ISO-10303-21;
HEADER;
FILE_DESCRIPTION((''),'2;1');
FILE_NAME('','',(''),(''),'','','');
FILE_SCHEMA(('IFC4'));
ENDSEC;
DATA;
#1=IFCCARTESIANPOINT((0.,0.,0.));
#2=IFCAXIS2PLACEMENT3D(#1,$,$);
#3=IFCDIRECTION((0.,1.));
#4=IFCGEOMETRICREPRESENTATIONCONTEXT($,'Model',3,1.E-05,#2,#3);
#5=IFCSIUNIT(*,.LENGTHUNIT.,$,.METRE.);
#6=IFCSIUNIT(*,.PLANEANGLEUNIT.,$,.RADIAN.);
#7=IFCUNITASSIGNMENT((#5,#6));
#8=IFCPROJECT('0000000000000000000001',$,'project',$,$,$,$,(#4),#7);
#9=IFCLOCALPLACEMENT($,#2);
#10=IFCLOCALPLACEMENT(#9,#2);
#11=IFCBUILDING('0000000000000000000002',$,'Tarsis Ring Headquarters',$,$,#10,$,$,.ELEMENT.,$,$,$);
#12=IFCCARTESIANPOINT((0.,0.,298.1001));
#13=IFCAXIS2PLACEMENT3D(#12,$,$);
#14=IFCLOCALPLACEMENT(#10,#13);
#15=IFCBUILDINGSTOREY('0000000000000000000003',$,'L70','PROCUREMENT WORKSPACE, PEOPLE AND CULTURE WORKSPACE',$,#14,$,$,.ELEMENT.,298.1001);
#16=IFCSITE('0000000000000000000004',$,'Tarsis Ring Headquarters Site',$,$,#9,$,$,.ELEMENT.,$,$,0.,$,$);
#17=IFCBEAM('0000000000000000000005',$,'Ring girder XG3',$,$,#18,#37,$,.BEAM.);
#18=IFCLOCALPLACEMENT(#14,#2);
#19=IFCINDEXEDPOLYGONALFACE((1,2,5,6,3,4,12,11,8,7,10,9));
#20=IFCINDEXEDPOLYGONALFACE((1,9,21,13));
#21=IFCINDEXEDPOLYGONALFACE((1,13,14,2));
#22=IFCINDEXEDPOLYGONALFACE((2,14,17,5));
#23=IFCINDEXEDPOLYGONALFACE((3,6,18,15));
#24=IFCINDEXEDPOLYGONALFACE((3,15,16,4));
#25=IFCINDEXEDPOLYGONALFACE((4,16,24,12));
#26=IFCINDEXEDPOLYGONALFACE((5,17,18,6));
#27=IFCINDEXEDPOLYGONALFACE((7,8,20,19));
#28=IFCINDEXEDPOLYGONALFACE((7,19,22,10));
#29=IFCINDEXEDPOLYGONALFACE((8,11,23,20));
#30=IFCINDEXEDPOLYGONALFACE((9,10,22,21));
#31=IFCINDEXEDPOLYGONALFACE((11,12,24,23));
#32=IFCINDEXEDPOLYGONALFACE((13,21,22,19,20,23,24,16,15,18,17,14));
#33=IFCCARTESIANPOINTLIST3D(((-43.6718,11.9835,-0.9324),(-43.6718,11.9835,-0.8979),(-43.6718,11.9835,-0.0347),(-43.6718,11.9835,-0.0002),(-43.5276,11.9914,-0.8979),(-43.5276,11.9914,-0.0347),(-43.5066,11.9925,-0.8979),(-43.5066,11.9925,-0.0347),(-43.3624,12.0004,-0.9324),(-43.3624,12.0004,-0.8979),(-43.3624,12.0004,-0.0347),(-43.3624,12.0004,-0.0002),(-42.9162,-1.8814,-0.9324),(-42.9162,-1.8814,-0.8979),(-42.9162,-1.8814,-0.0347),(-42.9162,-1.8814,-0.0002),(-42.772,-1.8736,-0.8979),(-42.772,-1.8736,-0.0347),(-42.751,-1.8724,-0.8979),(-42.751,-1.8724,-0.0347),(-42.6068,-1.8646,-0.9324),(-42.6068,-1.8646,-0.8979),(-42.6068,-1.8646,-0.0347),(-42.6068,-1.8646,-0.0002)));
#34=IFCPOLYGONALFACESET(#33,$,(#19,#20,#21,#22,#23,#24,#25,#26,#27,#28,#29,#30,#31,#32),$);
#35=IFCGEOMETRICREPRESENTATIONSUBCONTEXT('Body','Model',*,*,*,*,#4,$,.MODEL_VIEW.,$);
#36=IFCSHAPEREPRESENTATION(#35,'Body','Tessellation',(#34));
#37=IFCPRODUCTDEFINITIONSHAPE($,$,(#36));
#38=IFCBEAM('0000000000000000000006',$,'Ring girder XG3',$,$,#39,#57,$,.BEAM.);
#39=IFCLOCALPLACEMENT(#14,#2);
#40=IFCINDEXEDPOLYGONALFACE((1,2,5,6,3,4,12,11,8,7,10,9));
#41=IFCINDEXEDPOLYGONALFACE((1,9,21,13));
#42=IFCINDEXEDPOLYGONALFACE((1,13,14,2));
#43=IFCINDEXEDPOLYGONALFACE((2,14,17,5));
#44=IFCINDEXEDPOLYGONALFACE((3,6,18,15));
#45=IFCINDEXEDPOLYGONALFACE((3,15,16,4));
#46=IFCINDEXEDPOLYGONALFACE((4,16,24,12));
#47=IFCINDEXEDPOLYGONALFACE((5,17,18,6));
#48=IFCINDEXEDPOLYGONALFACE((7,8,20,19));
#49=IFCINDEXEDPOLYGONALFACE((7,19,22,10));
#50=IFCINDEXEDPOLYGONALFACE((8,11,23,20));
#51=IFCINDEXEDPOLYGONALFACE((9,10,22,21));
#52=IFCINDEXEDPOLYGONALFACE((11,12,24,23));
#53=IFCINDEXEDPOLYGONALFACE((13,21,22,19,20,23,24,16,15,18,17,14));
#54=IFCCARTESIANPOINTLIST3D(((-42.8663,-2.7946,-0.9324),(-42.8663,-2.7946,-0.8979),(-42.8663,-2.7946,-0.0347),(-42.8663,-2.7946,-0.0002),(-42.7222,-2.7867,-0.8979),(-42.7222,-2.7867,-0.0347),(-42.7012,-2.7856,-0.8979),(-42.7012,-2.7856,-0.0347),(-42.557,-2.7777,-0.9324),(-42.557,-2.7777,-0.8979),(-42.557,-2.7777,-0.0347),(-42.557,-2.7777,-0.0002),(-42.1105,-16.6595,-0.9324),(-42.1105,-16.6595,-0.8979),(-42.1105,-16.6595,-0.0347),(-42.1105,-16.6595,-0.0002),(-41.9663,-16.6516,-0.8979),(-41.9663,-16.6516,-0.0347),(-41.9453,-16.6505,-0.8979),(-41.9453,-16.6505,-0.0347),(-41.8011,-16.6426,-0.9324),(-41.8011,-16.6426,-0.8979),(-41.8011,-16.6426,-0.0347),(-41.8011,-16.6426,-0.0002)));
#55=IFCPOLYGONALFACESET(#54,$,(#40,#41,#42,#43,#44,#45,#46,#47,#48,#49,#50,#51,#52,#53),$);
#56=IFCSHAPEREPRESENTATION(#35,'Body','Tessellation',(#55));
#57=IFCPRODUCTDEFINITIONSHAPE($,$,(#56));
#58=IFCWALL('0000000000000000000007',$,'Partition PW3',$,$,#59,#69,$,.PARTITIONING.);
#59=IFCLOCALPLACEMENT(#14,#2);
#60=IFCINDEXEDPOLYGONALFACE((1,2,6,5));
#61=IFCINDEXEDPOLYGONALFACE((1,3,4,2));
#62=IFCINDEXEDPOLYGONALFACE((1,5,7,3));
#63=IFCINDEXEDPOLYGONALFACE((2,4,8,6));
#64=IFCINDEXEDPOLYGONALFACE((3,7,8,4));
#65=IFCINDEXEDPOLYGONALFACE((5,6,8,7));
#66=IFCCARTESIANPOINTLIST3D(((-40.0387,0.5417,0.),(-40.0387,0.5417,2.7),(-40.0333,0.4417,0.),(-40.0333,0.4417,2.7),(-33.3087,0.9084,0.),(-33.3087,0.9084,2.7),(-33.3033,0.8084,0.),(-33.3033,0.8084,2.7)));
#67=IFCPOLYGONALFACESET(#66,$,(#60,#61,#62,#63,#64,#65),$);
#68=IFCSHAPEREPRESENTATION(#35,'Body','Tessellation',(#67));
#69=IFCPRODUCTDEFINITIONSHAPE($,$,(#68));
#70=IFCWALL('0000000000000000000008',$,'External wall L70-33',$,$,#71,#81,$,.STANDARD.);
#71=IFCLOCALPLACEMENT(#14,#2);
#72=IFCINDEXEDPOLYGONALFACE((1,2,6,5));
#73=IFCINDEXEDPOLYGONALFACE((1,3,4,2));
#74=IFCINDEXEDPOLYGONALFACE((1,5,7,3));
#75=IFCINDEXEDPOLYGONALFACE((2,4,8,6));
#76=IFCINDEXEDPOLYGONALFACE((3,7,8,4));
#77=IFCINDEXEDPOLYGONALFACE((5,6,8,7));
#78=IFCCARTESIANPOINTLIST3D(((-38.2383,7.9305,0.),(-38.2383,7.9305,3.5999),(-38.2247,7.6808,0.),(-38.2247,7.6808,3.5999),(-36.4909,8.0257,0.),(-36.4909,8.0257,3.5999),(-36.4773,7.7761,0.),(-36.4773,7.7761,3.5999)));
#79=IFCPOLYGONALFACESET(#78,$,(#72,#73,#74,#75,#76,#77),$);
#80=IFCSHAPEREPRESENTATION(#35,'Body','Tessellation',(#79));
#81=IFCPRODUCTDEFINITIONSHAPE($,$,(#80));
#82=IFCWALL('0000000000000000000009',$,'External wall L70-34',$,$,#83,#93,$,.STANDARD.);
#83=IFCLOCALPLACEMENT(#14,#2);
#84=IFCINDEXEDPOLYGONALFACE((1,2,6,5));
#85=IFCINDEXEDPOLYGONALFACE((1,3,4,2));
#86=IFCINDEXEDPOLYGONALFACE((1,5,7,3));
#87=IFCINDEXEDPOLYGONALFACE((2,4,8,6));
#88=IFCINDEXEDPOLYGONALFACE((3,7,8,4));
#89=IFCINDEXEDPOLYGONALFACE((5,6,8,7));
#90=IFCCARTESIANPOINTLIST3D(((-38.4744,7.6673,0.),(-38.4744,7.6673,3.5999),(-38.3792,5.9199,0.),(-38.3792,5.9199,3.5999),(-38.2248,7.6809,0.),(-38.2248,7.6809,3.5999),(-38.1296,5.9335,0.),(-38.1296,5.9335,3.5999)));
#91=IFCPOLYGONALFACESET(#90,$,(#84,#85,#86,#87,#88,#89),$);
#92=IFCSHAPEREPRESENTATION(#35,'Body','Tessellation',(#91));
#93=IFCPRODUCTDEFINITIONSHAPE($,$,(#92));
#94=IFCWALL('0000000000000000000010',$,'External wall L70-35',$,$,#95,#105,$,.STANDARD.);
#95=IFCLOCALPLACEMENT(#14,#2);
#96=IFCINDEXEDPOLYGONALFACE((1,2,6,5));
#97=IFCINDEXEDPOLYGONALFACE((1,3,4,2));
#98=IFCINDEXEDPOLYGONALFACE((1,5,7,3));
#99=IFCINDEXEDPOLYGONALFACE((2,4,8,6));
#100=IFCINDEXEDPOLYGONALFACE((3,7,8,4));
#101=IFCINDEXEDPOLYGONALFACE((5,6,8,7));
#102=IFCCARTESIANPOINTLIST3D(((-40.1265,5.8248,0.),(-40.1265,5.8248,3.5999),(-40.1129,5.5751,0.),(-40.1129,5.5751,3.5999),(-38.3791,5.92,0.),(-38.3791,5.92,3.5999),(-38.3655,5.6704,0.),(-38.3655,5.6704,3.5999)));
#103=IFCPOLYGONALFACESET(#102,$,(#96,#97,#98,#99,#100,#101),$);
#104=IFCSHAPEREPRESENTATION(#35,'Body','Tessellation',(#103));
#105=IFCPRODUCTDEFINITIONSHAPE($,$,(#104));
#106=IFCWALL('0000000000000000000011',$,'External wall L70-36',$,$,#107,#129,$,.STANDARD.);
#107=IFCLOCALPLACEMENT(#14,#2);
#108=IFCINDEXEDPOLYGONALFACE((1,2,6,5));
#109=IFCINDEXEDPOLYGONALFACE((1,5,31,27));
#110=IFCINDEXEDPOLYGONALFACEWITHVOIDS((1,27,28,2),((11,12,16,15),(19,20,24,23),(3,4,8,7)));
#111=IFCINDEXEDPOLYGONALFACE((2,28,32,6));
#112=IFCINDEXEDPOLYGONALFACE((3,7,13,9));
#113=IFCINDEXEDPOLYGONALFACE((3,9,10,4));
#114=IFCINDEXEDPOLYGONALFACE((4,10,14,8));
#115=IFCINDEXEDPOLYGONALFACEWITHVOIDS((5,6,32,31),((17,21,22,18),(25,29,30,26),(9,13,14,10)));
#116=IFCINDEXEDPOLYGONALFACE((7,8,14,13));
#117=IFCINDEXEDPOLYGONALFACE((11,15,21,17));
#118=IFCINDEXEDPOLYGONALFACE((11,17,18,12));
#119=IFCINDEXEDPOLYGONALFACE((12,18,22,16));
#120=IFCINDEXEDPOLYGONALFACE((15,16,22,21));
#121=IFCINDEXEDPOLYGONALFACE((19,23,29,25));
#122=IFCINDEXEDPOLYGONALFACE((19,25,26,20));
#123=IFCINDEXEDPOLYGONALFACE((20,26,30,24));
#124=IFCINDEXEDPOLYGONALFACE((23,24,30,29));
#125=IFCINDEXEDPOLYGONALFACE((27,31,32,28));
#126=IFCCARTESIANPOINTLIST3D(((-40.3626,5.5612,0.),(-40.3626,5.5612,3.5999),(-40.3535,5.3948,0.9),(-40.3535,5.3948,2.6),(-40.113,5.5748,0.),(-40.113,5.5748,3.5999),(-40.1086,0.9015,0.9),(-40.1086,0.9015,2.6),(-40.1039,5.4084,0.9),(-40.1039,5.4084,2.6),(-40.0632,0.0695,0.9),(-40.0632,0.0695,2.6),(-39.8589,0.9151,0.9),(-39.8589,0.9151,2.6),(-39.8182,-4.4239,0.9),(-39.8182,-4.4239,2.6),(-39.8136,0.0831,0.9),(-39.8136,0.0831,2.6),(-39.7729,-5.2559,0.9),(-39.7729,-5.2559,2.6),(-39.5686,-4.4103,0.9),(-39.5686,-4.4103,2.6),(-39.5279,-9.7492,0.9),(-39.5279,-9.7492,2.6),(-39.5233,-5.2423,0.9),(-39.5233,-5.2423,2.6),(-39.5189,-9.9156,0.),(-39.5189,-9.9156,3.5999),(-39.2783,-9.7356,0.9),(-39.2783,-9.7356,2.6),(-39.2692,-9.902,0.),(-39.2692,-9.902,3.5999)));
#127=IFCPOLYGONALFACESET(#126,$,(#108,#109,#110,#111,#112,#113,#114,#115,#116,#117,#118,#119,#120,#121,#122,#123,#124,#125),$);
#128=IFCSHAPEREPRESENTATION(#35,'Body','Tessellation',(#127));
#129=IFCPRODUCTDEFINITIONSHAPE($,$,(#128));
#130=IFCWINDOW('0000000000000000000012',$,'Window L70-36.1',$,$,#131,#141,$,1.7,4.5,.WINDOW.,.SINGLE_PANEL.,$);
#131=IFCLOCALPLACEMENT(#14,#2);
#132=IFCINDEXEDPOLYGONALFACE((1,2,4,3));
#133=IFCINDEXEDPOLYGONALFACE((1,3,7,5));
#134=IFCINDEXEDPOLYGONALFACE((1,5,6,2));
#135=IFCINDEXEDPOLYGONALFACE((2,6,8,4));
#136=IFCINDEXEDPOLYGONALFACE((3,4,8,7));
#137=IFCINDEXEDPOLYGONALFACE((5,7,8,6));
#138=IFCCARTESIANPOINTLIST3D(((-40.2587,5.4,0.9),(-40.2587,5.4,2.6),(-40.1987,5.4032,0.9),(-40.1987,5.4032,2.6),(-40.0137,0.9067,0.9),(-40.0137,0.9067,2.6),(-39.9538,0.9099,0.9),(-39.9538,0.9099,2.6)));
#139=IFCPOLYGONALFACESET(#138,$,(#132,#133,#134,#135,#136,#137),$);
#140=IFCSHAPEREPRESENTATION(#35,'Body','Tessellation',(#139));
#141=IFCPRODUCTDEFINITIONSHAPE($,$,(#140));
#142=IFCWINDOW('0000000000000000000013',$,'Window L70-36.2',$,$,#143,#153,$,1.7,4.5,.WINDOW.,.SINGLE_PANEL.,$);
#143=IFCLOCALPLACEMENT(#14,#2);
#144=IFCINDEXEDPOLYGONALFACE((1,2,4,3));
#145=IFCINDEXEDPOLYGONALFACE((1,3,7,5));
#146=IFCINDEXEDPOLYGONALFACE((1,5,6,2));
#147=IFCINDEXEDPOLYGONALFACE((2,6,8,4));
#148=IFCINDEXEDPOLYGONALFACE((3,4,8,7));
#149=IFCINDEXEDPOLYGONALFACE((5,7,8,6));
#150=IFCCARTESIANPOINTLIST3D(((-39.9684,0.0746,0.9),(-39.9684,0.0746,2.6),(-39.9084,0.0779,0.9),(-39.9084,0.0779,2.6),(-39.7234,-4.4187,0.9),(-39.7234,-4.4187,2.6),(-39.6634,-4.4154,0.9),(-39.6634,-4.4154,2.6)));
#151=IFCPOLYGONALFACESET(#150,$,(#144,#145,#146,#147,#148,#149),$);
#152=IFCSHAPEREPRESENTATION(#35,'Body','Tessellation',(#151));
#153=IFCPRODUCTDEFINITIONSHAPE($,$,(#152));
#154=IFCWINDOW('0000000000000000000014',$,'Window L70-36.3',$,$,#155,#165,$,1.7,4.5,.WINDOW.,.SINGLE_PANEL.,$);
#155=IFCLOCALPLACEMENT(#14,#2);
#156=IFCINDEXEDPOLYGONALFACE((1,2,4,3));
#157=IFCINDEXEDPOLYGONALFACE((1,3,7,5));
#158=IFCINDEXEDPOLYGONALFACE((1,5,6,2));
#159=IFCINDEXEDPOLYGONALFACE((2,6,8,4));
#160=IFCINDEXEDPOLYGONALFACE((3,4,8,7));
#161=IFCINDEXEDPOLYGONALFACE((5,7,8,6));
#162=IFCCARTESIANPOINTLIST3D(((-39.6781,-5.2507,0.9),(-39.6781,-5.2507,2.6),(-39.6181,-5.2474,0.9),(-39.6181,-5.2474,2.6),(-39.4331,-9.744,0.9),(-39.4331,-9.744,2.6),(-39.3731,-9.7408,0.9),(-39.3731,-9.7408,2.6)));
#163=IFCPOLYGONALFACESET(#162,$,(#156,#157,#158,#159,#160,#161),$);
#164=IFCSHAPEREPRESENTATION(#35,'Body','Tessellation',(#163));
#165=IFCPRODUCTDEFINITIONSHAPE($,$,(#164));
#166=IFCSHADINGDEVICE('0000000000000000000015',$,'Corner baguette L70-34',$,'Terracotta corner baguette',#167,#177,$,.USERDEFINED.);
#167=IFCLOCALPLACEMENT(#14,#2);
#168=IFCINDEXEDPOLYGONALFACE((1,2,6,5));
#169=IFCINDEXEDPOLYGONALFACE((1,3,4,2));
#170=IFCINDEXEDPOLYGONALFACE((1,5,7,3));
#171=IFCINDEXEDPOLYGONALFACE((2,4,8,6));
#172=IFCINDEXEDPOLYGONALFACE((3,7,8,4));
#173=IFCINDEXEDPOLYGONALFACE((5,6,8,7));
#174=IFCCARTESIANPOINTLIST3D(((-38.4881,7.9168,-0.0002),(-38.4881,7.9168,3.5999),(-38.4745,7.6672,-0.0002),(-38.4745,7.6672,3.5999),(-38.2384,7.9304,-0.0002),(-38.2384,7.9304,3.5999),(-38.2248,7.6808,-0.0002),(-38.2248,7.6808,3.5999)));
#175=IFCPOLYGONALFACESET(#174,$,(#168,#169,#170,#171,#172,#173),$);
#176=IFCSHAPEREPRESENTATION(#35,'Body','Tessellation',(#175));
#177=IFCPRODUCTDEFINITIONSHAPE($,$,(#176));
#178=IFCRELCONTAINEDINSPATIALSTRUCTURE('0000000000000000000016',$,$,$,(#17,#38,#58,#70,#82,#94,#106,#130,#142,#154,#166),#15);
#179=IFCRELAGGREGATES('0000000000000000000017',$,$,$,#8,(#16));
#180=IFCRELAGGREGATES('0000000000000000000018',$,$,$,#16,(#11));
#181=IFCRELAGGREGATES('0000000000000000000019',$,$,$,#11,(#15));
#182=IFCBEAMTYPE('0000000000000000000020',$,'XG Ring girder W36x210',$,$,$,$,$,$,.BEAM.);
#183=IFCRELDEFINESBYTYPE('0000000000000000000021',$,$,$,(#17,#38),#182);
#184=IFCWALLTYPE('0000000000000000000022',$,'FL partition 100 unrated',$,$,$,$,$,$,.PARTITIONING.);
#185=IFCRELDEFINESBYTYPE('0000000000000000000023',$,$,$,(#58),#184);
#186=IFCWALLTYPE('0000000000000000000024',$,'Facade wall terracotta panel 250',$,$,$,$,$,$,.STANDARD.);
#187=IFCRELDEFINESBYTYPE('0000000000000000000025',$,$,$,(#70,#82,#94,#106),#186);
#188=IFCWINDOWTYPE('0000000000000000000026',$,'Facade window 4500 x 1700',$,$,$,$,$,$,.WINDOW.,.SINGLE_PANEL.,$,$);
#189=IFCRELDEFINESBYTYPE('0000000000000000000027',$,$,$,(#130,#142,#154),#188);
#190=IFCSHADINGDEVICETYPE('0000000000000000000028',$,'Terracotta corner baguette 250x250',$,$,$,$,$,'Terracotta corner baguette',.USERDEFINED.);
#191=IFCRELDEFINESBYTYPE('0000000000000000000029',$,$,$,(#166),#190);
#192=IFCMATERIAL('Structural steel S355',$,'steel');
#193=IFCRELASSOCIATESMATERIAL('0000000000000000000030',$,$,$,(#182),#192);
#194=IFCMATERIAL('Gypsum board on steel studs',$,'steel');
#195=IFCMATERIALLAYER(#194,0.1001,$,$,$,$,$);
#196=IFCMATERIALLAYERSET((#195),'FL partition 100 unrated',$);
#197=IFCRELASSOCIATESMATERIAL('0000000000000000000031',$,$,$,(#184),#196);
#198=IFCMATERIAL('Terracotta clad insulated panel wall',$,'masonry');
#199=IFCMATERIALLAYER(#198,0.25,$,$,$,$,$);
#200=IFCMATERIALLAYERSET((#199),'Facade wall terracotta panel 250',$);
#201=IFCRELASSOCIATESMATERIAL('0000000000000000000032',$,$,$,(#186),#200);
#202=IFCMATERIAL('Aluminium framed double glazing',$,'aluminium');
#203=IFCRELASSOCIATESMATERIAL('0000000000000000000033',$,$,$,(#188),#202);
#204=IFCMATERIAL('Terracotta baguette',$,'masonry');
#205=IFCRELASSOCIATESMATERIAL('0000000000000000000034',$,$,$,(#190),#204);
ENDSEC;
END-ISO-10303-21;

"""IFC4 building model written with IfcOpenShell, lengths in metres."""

from ifc_helpers import new_model, si_unit, direction, frame, frame_2d, origin, origin_2d, place, context, subcontext, project, spatial, rectangle, i_section, extrude, material, layer, layer_set, material_profile, profile_set, type_object, element, fill, save


model = new_model("IFC4")

# Units and contexts
model_context = context("Model", 3, precision=1e-05, world=origin(), true_north=direction((0.0, 1.0)))
body_context = subcontext(model_context, "Body", "Model", "MODEL_VIEW")
ifc_project = project(units=[si_unit("LENGTHUNIT", "METRE"), si_unit("PLANEANGLEUNIT", "RADIAN")], contexts=[model_context])

# Site, building, storey
site_placement = place(None, origin())
site = spatial("IfcSite", under=ifc_project, at=site_placement, Name="Tarsis Ring Headquarters Site", CompositionType="ELEMENT", RefElevation=0.0)
building_placement = place(site_placement, origin())
building = spatial("IfcBuilding", under=site, at=building_placement, Name="Tarsis Ring Headquarters", CompositionType="ELEMENT")
storey_placement = place(building_placement, frame((0.0, 0.0, 298.1001)))
storey = spatial("IfcBuildingStorey", under=building, at=storey_placement, Name="L70", Description="PROCUREMENT WORKSPACE, PEOPLE AND CULTURE WORKSPACE", CompositionType="ELEMENT", Elevation=298.1001)

# Shared definitions
ifc_material_1 = material(Name="Structural steel S355", Category="steel")

# Beams
ifc_material_profile_1 = material_profile(ifc_material_1, i_section(OverallWidth=0.3098, OverallDepth=0.9321, WebThickness=0.021, FlangeThickness=0.0344, at=origin_2d()), Name="W36x210")
ifc_profile_set_1 = profile_set([ifc_material_profile_1], Name="Structural steel S355")
beam_type_1 = type_object("IfcBeamType", Name="XG Ring girder W36x210", PredefinedType="BEAM", material=ifc_profile_set_1)
for number, where, z_axis, x_axis, name in (
    (1, (-43.5171, 11.9919, -0.4663), (0.054417, -0.998518, 0.0), (0.998518, 0.054417, 0.0), "Ring girder XG3"),
    (2, (-42.7117, -2.7861, -0.4663), (0.054435, -0.998517, 0.0), (0.998517, 0.054435, 0.0), "Ring girder XG3"),
):
    element("IfcBeam", number, at=place(storey_placement, frame(where, z_axis=z_axis, x_axis=x_axis)), inside=storey, type_object=beam_type_1, Name=name, PredefinedType="BEAM", context=body_context, shape_type="SweptSolid", body=[
        extrude(i_section(OverallWidth=0.3098, OverallDepth=0.9321, WebThickness=0.021, FlangeThickness=0.0344, at=origin_2d()), origin(), (0.0, 0.0, 1.0), 13.8855),
    ])

# Walls
ifc_material_2 = material(Name="Gypsum board on steel studs", Category="steel")
ifc_layer_1 = layer(ifc_material_2, 0.1001)
ifc_layer_set_1 = layer_set([ifc_layer_1], Name="FL partition 100 unrated")
wall_type_1 = type_object("IfcWallType", Name="FL partition 100 unrated", PredefinedType="PARTITIONING", material=ifc_layer_set_1)
wall_1_placement = place(storey_placement, frame((-40.0361, 0.4917, 0.0), z_axis=(0.0, 0.0, 1.0), x_axis=(0.998519, 0.054407, 0.0)))
element("IfcWall", 3, at=wall_1_placement, inside=storey, type_object=wall_type_1, Name="Partition PW3", PredefinedType="PARTITIONING", context=body_context, shape_type="SweptSolid", body=[
    extrude(rectangle(XDim=6.74, YDim=0.1001, at=frame_2d((3.3701, 0.0))), origin(), (0.0, 0.0, 1.0), 2.7),
])
ifc_material_3 = material(Name="Terracotta clad insulated panel wall", Category="masonry")
ifc_layer_2 = layer(ifc_material_3, 0.25)
ifc_layer_set_2 = layer_set([ifc_layer_2], Name="Facade wall terracotta panel 250")
wall_type_2 = type_object("IfcWallType", Name="Facade wall terracotta panel 250", PredefinedType="STANDARD", material=ifc_layer_set_2)
for number, where, z_axis, x_axis, name in (
    (4, (-36.4841, 7.9009, 0.0), (0.0, 0.0, 1.0), (-0.998519, -0.054411, 0.0), "External wall L70-33"),
    (5, (-38.3496, 7.6741, 0.0), (0.0, 0.0, 1.0), (0.054411, -0.998519, 0.0), "External wall L70-34"),
    (6, (-38.3723, 5.7952, 0.0), (0.0, 0.0, 1.0), (-0.998519, -0.054411, 0.0), "External wall L70-35"),
):
    element("IfcWall", number, at=place(storey_placement, frame(where, z_axis=z_axis, x_axis=x_axis)), inside=storey, type_object=wall_type_2, Name=name, PredefinedType="STANDARD", context=body_context, shape_type="SweptSolid", body=[
        extrude(rectangle(XDim=1.75, YDim=0.25, at=frame_2d((0.875, 0.0))), origin(), (0.0, 0.0, 1.0), 3.5999),
    ])

# Wall, openings, windows
wall_2_placement = place(storey_placement, frame((-40.2378, 5.5681, 0.0), z_axis=(0.0, 0.0, 1.0), x_axis=(0.054436, -0.998517, 0.0)))
wall_2 = element("IfcWall", 7, at=wall_2_placement, inside=storey, type_object=wall_type_2, Name="External wall L70-36", PredefinedType="STANDARD", context=body_context, shape_type="SweptSolid", body=[
    extrude(rectangle(XDim=15.4998, YDim=0.25, at=frame_2d((7.75, 0.0))), origin(), (0.0, 0.0, 1.0), 3.5999),
])
opening_1_placement = place(wall_2_placement, frame((0.1667, 0.0, 0.8999)))
opening_1 = element("IfcOpeningElement", 8, at=opening_1_placement, cuts=wall_2, PredefinedType="OPENING", context=body_context, shape_type="SweptSolid", body=[
    extrude(rectangle(XDim=4.5, YDim=1.7, at=frame_2d((2.25, 0.8501))), frame((0.0, 0.135, 0.0), z_axis=(0.0, -1.0, 0.0), x_axis=(1.0, 0.0, 0.0)), (0.0, 0.0, 1.0), 0.27),
])
opening_2_placement = place(wall_2_placement, frame((5.5, 0.0, 0.8999)))
opening_2 = element("IfcOpeningElement", 9, at=opening_2_placement, cuts=wall_2, PredefinedType="OPENING", context=body_context, shape_type="SweptSolid", body=[
    extrude(rectangle(XDim=4.5, YDim=1.7, at=frame_2d((2.25, 0.8501))), frame((0.0, 0.135, 0.0), z_axis=(0.0, -1.0, 0.0), x_axis=(1.0, 0.0, 0.0)), (0.0, 0.0, 1.0), 0.27),
])
opening_3_placement = place(wall_2_placement, frame((10.8333, 0.0, 0.8999)))
opening_3 = element("IfcOpeningElement", 10, at=opening_3_placement, cuts=wall_2, PredefinedType="OPENING", context=body_context, shape_type="SweptSolid", body=[
    extrude(rectangle(XDim=4.5, YDim=1.7, at=frame_2d((2.25, 0.8501))), frame((0.0, 0.135, 0.0), z_axis=(0.0, -1.0, 0.0), x_axis=(1.0, 0.0, 0.0)), (0.0, 0.0, 1.0), 0.27),
])
ifc_material_4 = material(Name="Aluminium framed double glazing", Category="aluminium")
window_type = type_object("IfcWindowType", Name="Facade window 4500 x 1700", PartitioningType="SINGLE_PANEL", PredefinedType="WINDOW", material=ifc_material_4)
window_1_placement = place(opening_1_placement, origin())
window_1 = element("IfcWindow", 11, at=window_1_placement, inside=storey, type_object=window_type, Name="Window L70-36.1", OverallHeight=1.7, OverallWidth=4.5, PartitioningType="SINGLE_PANEL", PredefinedType="WINDOW", context=body_context, shape_type="SweptSolid", body=[
    extrude(rectangle(XDim=4.5, YDim=1.7, at=frame_2d((2.25, 0.8501))), frame((0.0, 0.03, 0.0), z_axis=(0.0, -1.0, 0.0), x_axis=(1.0, 0.0, 0.0)), (0.0, 0.0, 1.0), 0.0601),
])
fill(opening_1, window_1)
window_2_placement = place(opening_2_placement, origin())
window_2 = element("IfcWindow", 12, at=window_2_placement, inside=storey, type_object=window_type, Name="Window L70-36.2", OverallHeight=1.7, OverallWidth=4.5, PartitioningType="SINGLE_PANEL", PredefinedType="WINDOW", context=body_context, shape_type="SweptSolid", body=[
    extrude(rectangle(XDim=4.5, YDim=1.7, at=frame_2d((2.25, 0.8501))), frame((0.0, 0.03, 0.0), z_axis=(0.0, -1.0, 0.0), x_axis=(1.0, 0.0, 0.0)), (0.0, 0.0, 1.0), 0.0601),
])
fill(opening_2, window_2)
window_3_placement = place(opening_3_placement, origin())
window_3 = element("IfcWindow", 13, at=window_3_placement, inside=storey, type_object=window_type, Name="Window L70-36.3", OverallHeight=1.7, OverallWidth=4.5, PartitioningType="SINGLE_PANEL", PredefinedType="WINDOW", context=body_context, shape_type="SweptSolid", body=[
    extrude(rectangle(XDim=4.5, YDim=1.7, at=frame_2d((2.25, 0.8501))), frame((0.0, 0.03, 0.0), z_axis=(0.0, -1.0, 0.0), x_axis=(1.0, 0.0, 0.0)), (0.0, 0.0, 1.0), 0.0601),
])
fill(opening_3, window_3)

# Shading device
ifc_material_5 = material(Name="Terracotta baguette", Category="masonry")
shading_device_type = type_object("IfcShadingDeviceType", Name="Terracotta corner baguette 250x250", ElementType="Terracotta corner baguette", PredefinedType="USERDEFINED", material=ifc_material_5)
for number, where, z_axis, x_axis, name in (
    (14, (-38.3564, 7.7988, -0.0002), (0.0, 0.0, 1.0), (-0.998518, -0.054428, 0.0), "Corner baguette L70-34"),
):
    element("IfcShadingDevice", number, at=place(storey_placement, frame(where, z_axis=z_axis, x_axis=x_axis)), inside=storey, type_object=shading_device_type, Name=name, ObjectType="Terracotta corner baguette", PredefinedType="USERDEFINED", context=body_context, shape_type="SweptSolid", body=[
        extrude(rectangle(XDim=0.25, YDim=0.25, at=origin_2d()), origin(), (0.0, 0.0, 1.0), 3.6001),
    ])

save(model, "model.ifc")
